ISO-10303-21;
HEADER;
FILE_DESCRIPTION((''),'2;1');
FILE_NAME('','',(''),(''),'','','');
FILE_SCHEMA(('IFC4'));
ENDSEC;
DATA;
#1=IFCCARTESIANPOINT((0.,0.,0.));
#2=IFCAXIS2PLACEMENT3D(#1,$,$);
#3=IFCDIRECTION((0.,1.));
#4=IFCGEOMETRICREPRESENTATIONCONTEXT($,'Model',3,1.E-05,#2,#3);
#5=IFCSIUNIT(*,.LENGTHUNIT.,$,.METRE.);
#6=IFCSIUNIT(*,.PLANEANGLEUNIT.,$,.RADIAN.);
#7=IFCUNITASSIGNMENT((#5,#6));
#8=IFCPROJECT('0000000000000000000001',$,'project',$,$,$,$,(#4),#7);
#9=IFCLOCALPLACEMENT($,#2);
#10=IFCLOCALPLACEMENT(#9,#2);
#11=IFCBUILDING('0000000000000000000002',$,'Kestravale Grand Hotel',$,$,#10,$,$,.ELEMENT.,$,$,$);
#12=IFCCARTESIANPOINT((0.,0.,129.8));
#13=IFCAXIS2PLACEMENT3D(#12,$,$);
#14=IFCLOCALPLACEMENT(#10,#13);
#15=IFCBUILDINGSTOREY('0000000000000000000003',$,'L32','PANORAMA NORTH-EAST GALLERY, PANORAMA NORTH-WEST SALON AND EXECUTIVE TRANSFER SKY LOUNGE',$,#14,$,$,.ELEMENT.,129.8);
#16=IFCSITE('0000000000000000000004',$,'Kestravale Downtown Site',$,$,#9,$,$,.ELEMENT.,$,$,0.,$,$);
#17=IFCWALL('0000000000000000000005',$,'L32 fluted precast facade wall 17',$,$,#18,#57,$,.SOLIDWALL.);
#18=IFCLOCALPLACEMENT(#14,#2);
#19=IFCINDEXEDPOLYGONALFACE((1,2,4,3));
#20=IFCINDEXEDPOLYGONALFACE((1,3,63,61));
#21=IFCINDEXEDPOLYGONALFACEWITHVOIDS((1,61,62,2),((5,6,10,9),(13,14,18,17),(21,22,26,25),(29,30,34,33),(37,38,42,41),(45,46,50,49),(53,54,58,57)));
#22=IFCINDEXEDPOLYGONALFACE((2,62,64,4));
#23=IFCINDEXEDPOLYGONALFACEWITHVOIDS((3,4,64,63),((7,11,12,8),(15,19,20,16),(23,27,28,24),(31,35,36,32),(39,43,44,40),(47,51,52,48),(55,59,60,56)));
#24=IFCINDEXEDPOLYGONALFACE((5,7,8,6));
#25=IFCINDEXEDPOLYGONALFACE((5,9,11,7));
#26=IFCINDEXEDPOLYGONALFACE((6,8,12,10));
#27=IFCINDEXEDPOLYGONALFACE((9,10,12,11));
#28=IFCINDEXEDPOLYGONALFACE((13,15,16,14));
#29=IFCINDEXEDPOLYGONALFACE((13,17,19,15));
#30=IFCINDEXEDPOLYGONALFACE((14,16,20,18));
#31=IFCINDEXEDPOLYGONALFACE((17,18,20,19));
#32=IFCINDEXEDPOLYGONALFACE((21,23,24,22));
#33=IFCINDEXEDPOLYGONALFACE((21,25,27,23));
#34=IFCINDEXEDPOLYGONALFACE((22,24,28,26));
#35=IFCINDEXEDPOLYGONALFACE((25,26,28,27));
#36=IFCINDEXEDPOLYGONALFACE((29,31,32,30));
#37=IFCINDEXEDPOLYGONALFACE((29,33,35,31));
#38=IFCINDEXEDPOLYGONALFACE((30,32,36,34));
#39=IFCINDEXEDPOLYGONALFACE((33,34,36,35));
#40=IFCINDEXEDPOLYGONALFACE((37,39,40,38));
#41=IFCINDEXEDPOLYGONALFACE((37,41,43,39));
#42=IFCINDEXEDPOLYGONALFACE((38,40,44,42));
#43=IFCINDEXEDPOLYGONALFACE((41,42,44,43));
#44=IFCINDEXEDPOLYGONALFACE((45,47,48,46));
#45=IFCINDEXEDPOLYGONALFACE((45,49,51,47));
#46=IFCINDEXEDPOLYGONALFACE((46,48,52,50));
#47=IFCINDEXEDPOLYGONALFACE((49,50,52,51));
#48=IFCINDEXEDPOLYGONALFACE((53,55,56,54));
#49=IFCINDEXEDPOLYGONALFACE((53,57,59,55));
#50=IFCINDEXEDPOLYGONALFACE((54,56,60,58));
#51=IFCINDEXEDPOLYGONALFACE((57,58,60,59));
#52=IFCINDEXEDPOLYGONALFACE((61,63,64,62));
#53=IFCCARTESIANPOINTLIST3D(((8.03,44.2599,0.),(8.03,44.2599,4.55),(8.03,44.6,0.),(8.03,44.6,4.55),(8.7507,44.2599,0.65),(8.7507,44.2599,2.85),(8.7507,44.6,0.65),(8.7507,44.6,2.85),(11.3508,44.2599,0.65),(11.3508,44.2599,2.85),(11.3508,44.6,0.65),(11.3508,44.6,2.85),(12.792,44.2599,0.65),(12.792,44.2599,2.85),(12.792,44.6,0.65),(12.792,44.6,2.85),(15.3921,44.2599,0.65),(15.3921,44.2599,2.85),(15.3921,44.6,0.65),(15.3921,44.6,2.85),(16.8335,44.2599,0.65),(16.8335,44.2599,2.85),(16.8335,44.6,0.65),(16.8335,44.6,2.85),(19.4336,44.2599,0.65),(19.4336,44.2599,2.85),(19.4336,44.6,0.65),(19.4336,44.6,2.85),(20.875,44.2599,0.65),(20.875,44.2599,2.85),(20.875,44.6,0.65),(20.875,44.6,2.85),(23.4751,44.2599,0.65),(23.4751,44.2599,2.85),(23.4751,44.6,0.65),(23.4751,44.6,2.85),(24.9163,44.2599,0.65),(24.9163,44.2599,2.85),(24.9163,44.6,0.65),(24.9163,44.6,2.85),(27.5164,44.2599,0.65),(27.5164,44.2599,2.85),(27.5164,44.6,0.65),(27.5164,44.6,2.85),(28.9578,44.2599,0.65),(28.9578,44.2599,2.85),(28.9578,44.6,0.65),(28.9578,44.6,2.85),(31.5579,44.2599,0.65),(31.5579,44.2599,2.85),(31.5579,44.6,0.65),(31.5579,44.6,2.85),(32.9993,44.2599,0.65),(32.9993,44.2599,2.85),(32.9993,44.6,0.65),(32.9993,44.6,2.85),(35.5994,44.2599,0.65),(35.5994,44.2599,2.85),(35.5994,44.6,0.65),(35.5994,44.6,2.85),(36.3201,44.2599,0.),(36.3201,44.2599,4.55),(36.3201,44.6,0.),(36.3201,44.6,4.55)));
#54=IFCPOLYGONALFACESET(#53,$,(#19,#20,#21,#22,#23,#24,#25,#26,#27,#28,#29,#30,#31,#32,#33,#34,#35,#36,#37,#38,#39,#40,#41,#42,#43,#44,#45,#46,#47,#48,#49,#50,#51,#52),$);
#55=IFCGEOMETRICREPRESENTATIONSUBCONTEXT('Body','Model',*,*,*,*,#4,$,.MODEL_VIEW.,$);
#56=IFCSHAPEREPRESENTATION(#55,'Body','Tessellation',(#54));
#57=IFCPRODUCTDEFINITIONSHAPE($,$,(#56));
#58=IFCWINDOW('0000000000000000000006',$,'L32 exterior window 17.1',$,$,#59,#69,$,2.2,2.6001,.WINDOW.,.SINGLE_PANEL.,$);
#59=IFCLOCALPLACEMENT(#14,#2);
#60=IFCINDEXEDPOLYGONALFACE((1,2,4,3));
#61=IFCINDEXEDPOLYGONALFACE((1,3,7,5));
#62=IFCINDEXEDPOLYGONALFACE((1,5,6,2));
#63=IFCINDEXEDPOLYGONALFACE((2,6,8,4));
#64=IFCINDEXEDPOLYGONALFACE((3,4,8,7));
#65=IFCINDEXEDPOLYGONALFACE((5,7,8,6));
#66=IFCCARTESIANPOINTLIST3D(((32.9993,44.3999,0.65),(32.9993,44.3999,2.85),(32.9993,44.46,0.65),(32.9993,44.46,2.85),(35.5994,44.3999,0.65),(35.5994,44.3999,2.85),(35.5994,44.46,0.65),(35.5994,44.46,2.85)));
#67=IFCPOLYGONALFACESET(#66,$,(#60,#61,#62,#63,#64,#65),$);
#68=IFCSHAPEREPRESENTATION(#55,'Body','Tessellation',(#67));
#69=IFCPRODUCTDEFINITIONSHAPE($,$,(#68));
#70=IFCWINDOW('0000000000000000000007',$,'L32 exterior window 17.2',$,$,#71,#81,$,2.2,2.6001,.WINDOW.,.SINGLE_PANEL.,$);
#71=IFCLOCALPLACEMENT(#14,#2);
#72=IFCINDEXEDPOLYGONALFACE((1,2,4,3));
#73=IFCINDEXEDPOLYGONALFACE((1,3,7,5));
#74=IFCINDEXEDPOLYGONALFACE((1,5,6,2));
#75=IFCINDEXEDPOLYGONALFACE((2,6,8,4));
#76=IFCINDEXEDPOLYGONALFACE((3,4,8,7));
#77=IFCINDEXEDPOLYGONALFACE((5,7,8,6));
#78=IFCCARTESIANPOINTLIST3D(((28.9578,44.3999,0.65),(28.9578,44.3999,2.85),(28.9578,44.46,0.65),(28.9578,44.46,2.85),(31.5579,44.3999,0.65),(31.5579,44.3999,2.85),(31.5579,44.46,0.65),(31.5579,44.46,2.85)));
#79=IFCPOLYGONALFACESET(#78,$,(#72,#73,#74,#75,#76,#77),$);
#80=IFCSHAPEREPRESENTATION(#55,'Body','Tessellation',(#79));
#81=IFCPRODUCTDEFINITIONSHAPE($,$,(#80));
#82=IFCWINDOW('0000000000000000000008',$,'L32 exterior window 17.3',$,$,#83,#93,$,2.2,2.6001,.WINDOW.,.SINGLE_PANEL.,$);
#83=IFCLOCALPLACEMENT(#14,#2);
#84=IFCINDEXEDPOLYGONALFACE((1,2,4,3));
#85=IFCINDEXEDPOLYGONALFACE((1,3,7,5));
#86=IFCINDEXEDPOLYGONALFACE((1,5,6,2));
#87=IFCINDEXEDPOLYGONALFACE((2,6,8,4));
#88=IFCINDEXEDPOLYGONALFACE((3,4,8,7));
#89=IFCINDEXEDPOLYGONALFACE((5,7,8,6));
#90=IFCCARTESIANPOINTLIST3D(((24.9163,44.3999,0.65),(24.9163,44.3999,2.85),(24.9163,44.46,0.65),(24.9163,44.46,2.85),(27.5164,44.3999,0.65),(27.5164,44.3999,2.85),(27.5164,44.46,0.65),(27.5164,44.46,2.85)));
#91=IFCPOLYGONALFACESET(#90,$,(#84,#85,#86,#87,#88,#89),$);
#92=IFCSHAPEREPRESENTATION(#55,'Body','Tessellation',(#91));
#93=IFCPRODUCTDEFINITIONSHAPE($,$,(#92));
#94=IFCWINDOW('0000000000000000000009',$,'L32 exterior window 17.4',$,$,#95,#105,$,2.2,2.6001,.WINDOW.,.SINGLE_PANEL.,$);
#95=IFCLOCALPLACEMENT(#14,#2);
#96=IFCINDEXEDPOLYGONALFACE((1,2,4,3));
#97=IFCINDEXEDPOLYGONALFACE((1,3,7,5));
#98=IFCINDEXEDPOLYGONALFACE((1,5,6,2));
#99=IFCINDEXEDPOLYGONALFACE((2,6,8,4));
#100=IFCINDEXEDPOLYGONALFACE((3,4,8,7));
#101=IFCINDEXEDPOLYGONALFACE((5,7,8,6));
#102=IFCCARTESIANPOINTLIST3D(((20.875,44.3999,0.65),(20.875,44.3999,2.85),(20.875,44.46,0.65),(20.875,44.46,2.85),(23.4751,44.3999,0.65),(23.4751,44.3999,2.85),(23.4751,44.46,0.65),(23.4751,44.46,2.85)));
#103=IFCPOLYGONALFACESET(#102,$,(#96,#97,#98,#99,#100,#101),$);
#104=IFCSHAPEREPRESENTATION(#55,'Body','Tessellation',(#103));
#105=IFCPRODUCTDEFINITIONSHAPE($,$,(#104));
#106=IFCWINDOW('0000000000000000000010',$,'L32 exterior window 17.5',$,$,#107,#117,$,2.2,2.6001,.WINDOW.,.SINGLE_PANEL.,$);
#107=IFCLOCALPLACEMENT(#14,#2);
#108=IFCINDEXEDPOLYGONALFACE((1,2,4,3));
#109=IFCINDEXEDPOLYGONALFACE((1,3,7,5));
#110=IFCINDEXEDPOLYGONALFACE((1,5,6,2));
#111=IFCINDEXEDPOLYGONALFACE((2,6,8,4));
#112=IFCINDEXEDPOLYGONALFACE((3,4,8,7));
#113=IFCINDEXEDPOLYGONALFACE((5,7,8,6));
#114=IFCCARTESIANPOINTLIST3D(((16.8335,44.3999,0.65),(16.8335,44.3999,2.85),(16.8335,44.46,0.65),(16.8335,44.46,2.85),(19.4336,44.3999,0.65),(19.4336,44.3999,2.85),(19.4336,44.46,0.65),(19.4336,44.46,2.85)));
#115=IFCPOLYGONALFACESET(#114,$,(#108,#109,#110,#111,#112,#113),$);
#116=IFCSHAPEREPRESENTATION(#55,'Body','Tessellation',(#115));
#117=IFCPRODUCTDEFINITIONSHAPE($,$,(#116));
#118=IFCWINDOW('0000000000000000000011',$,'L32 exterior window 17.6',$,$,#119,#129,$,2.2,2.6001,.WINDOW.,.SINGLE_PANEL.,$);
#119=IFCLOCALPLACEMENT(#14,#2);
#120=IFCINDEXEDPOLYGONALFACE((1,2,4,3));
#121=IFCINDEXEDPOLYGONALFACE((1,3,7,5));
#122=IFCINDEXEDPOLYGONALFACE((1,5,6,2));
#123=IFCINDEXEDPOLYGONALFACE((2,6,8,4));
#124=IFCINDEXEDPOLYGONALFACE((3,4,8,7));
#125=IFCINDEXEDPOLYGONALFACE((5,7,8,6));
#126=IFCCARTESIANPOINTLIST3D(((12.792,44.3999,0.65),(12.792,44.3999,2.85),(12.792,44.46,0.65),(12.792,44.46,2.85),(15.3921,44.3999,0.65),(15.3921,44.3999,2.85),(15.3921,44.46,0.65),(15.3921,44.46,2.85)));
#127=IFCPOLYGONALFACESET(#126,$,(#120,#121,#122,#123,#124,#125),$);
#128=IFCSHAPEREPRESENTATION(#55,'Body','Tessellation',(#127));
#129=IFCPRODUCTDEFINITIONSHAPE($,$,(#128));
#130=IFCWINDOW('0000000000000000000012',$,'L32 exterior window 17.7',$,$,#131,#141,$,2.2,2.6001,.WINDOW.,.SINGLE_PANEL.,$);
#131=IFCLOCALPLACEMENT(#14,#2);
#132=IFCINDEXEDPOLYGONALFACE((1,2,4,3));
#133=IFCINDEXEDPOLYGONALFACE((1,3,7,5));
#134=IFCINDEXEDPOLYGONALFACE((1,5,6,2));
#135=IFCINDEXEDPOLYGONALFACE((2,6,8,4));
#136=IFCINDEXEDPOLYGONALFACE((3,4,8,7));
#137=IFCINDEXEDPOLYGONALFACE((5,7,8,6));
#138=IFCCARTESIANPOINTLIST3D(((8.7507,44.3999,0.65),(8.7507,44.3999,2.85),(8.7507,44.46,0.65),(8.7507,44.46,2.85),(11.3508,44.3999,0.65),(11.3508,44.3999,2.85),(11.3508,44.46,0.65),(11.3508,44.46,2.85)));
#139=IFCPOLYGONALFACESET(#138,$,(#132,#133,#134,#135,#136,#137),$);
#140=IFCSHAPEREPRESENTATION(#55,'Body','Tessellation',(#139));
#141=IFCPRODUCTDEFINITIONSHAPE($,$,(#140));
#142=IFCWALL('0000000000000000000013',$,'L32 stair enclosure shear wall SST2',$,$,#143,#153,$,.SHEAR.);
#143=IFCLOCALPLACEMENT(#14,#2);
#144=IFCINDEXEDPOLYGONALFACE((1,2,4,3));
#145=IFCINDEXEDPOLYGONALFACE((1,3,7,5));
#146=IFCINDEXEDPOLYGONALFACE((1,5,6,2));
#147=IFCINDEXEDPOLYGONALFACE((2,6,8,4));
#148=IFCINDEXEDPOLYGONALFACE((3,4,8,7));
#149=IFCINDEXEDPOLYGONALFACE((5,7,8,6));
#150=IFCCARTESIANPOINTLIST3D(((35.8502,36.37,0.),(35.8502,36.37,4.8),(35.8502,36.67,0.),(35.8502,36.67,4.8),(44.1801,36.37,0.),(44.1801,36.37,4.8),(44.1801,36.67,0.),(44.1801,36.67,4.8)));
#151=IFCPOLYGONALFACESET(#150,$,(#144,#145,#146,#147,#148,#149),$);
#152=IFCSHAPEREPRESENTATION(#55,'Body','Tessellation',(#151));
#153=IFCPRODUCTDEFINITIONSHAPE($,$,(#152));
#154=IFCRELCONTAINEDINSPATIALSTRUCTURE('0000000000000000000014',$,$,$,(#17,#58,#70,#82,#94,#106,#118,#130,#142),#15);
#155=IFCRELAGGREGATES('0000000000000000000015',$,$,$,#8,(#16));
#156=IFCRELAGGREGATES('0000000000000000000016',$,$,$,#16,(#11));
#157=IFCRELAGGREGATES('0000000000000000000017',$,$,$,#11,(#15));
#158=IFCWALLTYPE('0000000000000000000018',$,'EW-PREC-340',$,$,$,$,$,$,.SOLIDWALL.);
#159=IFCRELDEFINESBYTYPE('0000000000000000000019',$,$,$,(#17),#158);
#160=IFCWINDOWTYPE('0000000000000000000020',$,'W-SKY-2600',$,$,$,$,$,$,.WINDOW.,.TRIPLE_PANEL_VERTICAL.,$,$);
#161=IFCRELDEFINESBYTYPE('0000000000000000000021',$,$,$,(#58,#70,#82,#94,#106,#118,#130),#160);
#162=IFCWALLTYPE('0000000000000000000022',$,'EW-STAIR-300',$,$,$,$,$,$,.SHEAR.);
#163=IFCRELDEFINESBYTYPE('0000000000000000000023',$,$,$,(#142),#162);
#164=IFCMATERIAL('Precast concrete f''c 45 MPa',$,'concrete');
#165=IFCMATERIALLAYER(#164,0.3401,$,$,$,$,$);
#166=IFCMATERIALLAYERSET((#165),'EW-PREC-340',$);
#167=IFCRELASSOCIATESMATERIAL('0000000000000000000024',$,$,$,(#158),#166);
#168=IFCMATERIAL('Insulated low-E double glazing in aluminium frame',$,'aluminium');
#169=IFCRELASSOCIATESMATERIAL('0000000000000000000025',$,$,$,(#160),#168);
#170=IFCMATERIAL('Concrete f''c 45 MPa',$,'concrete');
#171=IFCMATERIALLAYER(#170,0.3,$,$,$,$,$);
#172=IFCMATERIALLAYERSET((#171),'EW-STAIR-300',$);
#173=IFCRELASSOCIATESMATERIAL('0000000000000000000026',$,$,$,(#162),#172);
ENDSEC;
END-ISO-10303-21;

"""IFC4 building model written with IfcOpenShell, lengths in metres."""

from ifc_helpers import new_model, si_unit, direction, frame, frame_2d, origin, place, context, subcontext, project, spatial, rectangle, extrude, material, layer, layer_set, type_object, element, fill, save


model = new_model("IFC4")

# Units and contexts
model_context = context("Model", 3, precision=1e-05, world=origin(), true_north=direction((0.0, 1.0)))
body_context = subcontext(model_context, "Body", "Model", "MODEL_VIEW")
ifc_project = project(units=[si_unit("LENGTHUNIT", "METRE"), si_unit("PLANEANGLEUNIT", "RADIAN")], contexts=[model_context])

# Site, building, storey
site_placement = place(None, origin())
site = spatial("IfcSite", under=ifc_project, at=site_placement, Name="Kestravale Downtown Site", CompositionType="ELEMENT", RefElevation=0.0)
building_placement = place(site_placement, origin())
building = spatial("IfcBuilding", under=site, at=building_placement, Name="Kestravale Grand Hotel", CompositionType="ELEMENT")
storey_placement = place(building_placement, frame((0.0, 0.0, 129.8)))
storey = spatial("IfcBuildingStorey", under=building, at=storey_placement, Name="L32", Description="PANORAMA NORTH-EAST GALLERY, PANORAMA NORTH-WEST SALON AND EXECUTIVE TRANSFER SKY LOUNGE", CompositionType="ELEMENT", Elevation=129.8)

# Shared definitions
ifc_material_1 = material(Name="Precast concrete f'c 45 MPa", Category="concrete")
ifc_layer_1 = layer(ifc_material_1, 0.3401)
ifc_layer_set_1 = layer_set([ifc_layer_1], Name="EW-PREC-340")
wall_type_1 = type_object("IfcWallType", Name="EW-PREC-340", PredefinedType="SOLIDWALL", material=ifc_layer_set_1)

# Wall, openings, windows
wall_1_placement = place(storey_placement, frame((36.3201, 44.4299, 0.0), z_axis=(0.0, 0.0, 1.0), x_axis=(-1.0, 0.0, 0.0)))
wall_1 = element("IfcWall", 1, at=wall_1_placement, inside=storey, type_object=wall_type_1, Name="L32 fluted precast facade wall 17", PredefinedType="SOLIDWALL", context=body_context, shape_type="SweptSolid", body=[
    extrude(rectangle(XDim=28.29, YDim=0.3401, at=frame_2d((14.145, 0.0))), origin(), (0.0, 0.0, 1.0), 4.55),
])
opening_1_placement = place(wall_1_placement, frame((0.7207, 0.0, 0.6499)))
opening_1 = element("IfcOpeningElement", 2, at=opening_1_placement, cuts=wall_1, PredefinedType="OPENING", context=body_context, shape_type="SweptSolid", body=[
    extrude(rectangle(XDim=2.6001, YDim=2.2, at=frame_2d((1.3, 1.1001))), frame((0.0, 0.1799, 0.0), z_axis=(0.0, -1.0, 0.0), x_axis=(1.0, 0.0, 0.0)), (0.0, 0.0, 1.0), 0.3601),
])
opening_2_placement = place(wall_1_placement, frame((4.7622, 0.0, 0.6499)))
opening_2 = element("IfcOpeningElement", 3, at=opening_2_placement, cuts=wall_1, PredefinedType="OPENING", context=body_context, shape_type="SweptSolid", body=[
    extrude(rectangle(XDim=2.6001, YDim=2.2, at=frame_2d((1.3, 1.1001))), frame((0.0, 0.1799, 0.0), z_axis=(0.0, -1.0, 0.0), x_axis=(1.0, 0.0, 0.0)), (0.0, 0.0, 1.0), 0.3601),
])
opening_3_placement = place(wall_1_placement, frame((8.8037, 0.0, 0.6499)))
opening_3 = element("IfcOpeningElement", 4, at=opening_3_placement, cuts=wall_1, PredefinedType="OPENING", context=body_context, shape_type="SweptSolid", body=[
    extrude(rectangle(XDim=2.6001, YDim=2.2, at=frame_2d((1.3, 1.1001))), frame((0.0, 0.1799, 0.0), z_axis=(0.0, -1.0, 0.0), x_axis=(1.0, 0.0, 0.0)), (0.0, 0.0, 1.0), 0.3601),
])
opening_4_placement = place(wall_1_placement, frame((12.845, 0.0, 0.6499)))
opening_4 = element("IfcOpeningElement", 5, at=opening_4_placement, cuts=wall_1, PredefinedType="OPENING", context=body_context, shape_type="SweptSolid", body=[
    extrude(rectangle(XDim=2.6001, YDim=2.2, at=frame_2d((1.3, 1.1001))), frame((0.0, 0.1799, 0.0), z_axis=(0.0, -1.0, 0.0), x_axis=(1.0, 0.0, 0.0)), (0.0, 0.0, 1.0), 0.3601),
])
opening_5_placement = place(wall_1_placement, frame((16.8865, 0.0, 0.6499)))
opening_5 = element("IfcOpeningElement", 6, at=opening_5_placement, cuts=wall_1, PredefinedType="OPENING", context=body_context, shape_type="SweptSolid", body=[
    extrude(rectangle(XDim=2.6001, YDim=2.2, at=frame_2d((1.3, 1.1001))), frame((0.0, 0.1799, 0.0), z_axis=(0.0, -1.0, 0.0), x_axis=(1.0, 0.0, 0.0)), (0.0, 0.0, 1.0), 0.3601),
])
opening_6_placement = place(wall_1_placement, frame((20.928, 0.0, 0.6499)))
opening_6 = element("IfcOpeningElement", 7, at=opening_6_placement, cuts=wall_1, PredefinedType="OPENING", context=body_context, shape_type="SweptSolid", body=[
    extrude(rectangle(XDim=2.6001, YDim=2.2, at=frame_2d((1.3, 1.1001))), frame((0.0, 0.1799, 0.0), z_axis=(0.0, -1.0, 0.0), x_axis=(1.0, 0.0, 0.0)), (0.0, 0.0, 1.0), 0.3601),
])
opening_7_placement = place(wall_1_placement, frame((24.9692, 0.0, 0.6499)))
opening_7 = element("IfcOpeningElement", 8, at=opening_7_placement, cuts=wall_1, PredefinedType="OPENING", context=body_context, shape_type="SweptSolid", body=[
    extrude(rectangle(XDim=2.6001, YDim=2.2, at=frame_2d((1.3, 1.1001))), frame((0.0, 0.1799, 0.0), z_axis=(0.0, -1.0, 0.0), x_axis=(1.0, 0.0, 0.0)), (0.0, 0.0, 1.0), 0.3601),
])
ifc_material_2 = material(Name="Insulated low-E double glazing in aluminium frame", Category="aluminium")
window_type = type_object("IfcWindowType", Name="W-SKY-2600", PartitioningType="TRIPLE_PANEL_VERTICAL", PredefinedType="WINDOW", material=ifc_material_2)
window_1_placement = place(opening_1_placement, origin())
window_1 = element("IfcWindow", 9, at=window_1_placement, inside=storey, type_object=window_type, Name="L32 exterior window 17.1", OverallHeight=2.2, OverallWidth=2.6001, PartitioningType="SINGLE_PANEL", PredefinedType="WINDOW", context=body_context, shape_type="SweptSolid", body=[
    extrude(rectangle(XDim=2.6001, YDim=2.2, at=frame_2d((1.3, 1.1001))), frame((0.0, 0.03, 0.0), z_axis=(0.0, -1.0, 0.0), x_axis=(1.0, 0.0, 0.0)), (0.0, 0.0, 1.0), 0.0601),
])
fill(opening_1, window_1)
window_2_placement = place(opening_2_placement, origin())
window_2 = element("IfcWindow", 10, at=window_2_placement, inside=storey, type_object=window_type, Name="L32 exterior window 17.2", OverallHeight=2.2, OverallWidth=2.6001, PartitioningType="SINGLE_PANEL", PredefinedType="WINDOW", context=body_context, shape_type="SweptSolid", body=[
    extrude(rectangle(XDim=2.6001, YDim=2.2, at=frame_2d((1.3, 1.1001))), frame((0.0, 0.03, 0.0), z_axis=(0.0, -1.0, 0.0), x_axis=(1.0, 0.0, 0.0)), (0.0, 0.0, 1.0), 0.0601),
])
fill(opening_2, window_2)
window_3_placement = place(opening_3_placement, origin())
window_3 = element("IfcWindow", 11, at=window_3_placement, inside=storey, type_object=window_type, Name="L32 exterior window 17.3", OverallHeight=2.2, OverallWidth=2.6001, PartitioningType="SINGLE_PANEL", PredefinedType="WINDOW", context=body_context, shape_type="SweptSolid", body=[
    extrude(rectangle(XDim=2.6001, YDim=2.2, at=frame_2d((1.3, 1.1001))), frame((0.0, 0.03, 0.0), z_axis=(0.0, -1.0, 0.0), x_axis=(1.0, 0.0, 0.0)), (0.0, 0.0, 1.0), 0.0601),
])
fill(opening_3, window_3)
window_4_placement = place(opening_4_placement, origin())
window_4 = element("IfcWindow", 12, at=window_4_placement, inside=storey, type_object=window_type, Name="L32 exterior window 17.4", OverallHeight=2.2, OverallWidth=2.6001, PartitioningType="SINGLE_PANEL", PredefinedType="WINDOW", context=body_context, shape_type="SweptSolid", body=[
    extrude(rectangle(XDim=2.6001, YDim=2.2, at=frame_2d((1.3, 1.1001))), frame((0.0, 0.03, 0.0), z_axis=(0.0, -1.0, 0.0), x_axis=(1.0, 0.0, 0.0)), (0.0, 0.0, 1.0), 0.0601),
])
fill(opening_4, window_4)
window_5_placement = place(opening_5_placement, origin())
window_5 = element("IfcWindow", 13, at=window_5_placement, inside=storey, type_object=window_type, Name="L32 exterior window 17.5", OverallHeight=2.2, OverallWidth=2.6001, PartitioningType="SINGLE_PANEL", PredefinedType="WINDOW", context=body_context, shape_type="SweptSolid", body=[
    extrude(rectangle(XDim=2.6001, YDim=2.2, at=frame_2d((1.3, 1.1001))), frame((0.0, 0.03, 0.0), z_axis=(0.0, -1.0, 0.0), x_axis=(1.0, 0.0, 0.0)), (0.0, 0.0, 1.0), 0.0601),
])
fill(opening_5, window_5)
window_6_placement = place(opening_6_placement, origin())
window_6 = element("IfcWindow", 14, at=window_6_placement, inside=storey, type_object=window_type, Name="L32 exterior window 17.6", OverallHeight=2.2, OverallWidth=2.6001, PartitioningType="SINGLE_PANEL", PredefinedType="WINDOW", context=body_context, shape_type="SweptSolid", body=[
    extrude(rectangle(XDim=2.6001, YDim=2.2, at=frame_2d((1.3, 1.1001))), frame((0.0, 0.03, 0.0), z_axis=(0.0, -1.0, 0.0), x_axis=(1.0, 0.0, 0.0)), (0.0, 0.0, 1.0), 0.0601),
])
fill(opening_6, window_6)
window_7_placement = place(opening_7_placement, origin())
window_7 = element("IfcWindow", 15, at=window_7_placement, inside=storey, type_object=window_type, Name="L32 exterior window 17.7", OverallHeight=2.2, OverallWidth=2.6001, PartitioningType="SINGLE_PANEL", PredefinedType="WINDOW", context=body_context, shape_type="SweptSolid", body=[
    extrude(rectangle(XDim=2.6001, YDim=2.2, at=frame_2d((1.3, 1.1001))), frame((0.0, 0.03, 0.0), z_axis=(0.0, -1.0, 0.0), x_axis=(1.0, 0.0, 0.0)), (0.0, 0.0, 1.0), 0.0601),
])
fill(opening_7, window_7)

# Wall
ifc_material_3 = material(Name="Concrete f'c 45 MPa", Category="concrete")
ifc_layer_2 = layer(ifc_material_3, 0.3)
ifc_layer_set_2 = layer_set([ifc_layer_2], Name="EW-STAIR-300")
wall_type_2 = type_object("IfcWallType", Name="EW-STAIR-300", PredefinedType="SHEAR", material=ifc_layer_set_2)
wall_2_placement = place(storey_placement, frame((35.8501, 36.52, 0.0), z_axis=(0.0, 0.0, 1.0), x_axis=(1.0, 0.0, 0.0)))
element("IfcWall", 16, at=wall_2_placement, inside=storey, type_object=wall_type_2, Name="L32 stair enclosure shear wall SST2", PredefinedType="SHEAR", context=body_context, shape_type="SweptSolid", body=[
    extrude(rectangle(XDim=8.3298, YDim=0.3, at=frame_2d((4.165, 0.0))), origin(), (0.0, 0.0, 1.0), 4.8),
])

save(model, "model.ifc")
